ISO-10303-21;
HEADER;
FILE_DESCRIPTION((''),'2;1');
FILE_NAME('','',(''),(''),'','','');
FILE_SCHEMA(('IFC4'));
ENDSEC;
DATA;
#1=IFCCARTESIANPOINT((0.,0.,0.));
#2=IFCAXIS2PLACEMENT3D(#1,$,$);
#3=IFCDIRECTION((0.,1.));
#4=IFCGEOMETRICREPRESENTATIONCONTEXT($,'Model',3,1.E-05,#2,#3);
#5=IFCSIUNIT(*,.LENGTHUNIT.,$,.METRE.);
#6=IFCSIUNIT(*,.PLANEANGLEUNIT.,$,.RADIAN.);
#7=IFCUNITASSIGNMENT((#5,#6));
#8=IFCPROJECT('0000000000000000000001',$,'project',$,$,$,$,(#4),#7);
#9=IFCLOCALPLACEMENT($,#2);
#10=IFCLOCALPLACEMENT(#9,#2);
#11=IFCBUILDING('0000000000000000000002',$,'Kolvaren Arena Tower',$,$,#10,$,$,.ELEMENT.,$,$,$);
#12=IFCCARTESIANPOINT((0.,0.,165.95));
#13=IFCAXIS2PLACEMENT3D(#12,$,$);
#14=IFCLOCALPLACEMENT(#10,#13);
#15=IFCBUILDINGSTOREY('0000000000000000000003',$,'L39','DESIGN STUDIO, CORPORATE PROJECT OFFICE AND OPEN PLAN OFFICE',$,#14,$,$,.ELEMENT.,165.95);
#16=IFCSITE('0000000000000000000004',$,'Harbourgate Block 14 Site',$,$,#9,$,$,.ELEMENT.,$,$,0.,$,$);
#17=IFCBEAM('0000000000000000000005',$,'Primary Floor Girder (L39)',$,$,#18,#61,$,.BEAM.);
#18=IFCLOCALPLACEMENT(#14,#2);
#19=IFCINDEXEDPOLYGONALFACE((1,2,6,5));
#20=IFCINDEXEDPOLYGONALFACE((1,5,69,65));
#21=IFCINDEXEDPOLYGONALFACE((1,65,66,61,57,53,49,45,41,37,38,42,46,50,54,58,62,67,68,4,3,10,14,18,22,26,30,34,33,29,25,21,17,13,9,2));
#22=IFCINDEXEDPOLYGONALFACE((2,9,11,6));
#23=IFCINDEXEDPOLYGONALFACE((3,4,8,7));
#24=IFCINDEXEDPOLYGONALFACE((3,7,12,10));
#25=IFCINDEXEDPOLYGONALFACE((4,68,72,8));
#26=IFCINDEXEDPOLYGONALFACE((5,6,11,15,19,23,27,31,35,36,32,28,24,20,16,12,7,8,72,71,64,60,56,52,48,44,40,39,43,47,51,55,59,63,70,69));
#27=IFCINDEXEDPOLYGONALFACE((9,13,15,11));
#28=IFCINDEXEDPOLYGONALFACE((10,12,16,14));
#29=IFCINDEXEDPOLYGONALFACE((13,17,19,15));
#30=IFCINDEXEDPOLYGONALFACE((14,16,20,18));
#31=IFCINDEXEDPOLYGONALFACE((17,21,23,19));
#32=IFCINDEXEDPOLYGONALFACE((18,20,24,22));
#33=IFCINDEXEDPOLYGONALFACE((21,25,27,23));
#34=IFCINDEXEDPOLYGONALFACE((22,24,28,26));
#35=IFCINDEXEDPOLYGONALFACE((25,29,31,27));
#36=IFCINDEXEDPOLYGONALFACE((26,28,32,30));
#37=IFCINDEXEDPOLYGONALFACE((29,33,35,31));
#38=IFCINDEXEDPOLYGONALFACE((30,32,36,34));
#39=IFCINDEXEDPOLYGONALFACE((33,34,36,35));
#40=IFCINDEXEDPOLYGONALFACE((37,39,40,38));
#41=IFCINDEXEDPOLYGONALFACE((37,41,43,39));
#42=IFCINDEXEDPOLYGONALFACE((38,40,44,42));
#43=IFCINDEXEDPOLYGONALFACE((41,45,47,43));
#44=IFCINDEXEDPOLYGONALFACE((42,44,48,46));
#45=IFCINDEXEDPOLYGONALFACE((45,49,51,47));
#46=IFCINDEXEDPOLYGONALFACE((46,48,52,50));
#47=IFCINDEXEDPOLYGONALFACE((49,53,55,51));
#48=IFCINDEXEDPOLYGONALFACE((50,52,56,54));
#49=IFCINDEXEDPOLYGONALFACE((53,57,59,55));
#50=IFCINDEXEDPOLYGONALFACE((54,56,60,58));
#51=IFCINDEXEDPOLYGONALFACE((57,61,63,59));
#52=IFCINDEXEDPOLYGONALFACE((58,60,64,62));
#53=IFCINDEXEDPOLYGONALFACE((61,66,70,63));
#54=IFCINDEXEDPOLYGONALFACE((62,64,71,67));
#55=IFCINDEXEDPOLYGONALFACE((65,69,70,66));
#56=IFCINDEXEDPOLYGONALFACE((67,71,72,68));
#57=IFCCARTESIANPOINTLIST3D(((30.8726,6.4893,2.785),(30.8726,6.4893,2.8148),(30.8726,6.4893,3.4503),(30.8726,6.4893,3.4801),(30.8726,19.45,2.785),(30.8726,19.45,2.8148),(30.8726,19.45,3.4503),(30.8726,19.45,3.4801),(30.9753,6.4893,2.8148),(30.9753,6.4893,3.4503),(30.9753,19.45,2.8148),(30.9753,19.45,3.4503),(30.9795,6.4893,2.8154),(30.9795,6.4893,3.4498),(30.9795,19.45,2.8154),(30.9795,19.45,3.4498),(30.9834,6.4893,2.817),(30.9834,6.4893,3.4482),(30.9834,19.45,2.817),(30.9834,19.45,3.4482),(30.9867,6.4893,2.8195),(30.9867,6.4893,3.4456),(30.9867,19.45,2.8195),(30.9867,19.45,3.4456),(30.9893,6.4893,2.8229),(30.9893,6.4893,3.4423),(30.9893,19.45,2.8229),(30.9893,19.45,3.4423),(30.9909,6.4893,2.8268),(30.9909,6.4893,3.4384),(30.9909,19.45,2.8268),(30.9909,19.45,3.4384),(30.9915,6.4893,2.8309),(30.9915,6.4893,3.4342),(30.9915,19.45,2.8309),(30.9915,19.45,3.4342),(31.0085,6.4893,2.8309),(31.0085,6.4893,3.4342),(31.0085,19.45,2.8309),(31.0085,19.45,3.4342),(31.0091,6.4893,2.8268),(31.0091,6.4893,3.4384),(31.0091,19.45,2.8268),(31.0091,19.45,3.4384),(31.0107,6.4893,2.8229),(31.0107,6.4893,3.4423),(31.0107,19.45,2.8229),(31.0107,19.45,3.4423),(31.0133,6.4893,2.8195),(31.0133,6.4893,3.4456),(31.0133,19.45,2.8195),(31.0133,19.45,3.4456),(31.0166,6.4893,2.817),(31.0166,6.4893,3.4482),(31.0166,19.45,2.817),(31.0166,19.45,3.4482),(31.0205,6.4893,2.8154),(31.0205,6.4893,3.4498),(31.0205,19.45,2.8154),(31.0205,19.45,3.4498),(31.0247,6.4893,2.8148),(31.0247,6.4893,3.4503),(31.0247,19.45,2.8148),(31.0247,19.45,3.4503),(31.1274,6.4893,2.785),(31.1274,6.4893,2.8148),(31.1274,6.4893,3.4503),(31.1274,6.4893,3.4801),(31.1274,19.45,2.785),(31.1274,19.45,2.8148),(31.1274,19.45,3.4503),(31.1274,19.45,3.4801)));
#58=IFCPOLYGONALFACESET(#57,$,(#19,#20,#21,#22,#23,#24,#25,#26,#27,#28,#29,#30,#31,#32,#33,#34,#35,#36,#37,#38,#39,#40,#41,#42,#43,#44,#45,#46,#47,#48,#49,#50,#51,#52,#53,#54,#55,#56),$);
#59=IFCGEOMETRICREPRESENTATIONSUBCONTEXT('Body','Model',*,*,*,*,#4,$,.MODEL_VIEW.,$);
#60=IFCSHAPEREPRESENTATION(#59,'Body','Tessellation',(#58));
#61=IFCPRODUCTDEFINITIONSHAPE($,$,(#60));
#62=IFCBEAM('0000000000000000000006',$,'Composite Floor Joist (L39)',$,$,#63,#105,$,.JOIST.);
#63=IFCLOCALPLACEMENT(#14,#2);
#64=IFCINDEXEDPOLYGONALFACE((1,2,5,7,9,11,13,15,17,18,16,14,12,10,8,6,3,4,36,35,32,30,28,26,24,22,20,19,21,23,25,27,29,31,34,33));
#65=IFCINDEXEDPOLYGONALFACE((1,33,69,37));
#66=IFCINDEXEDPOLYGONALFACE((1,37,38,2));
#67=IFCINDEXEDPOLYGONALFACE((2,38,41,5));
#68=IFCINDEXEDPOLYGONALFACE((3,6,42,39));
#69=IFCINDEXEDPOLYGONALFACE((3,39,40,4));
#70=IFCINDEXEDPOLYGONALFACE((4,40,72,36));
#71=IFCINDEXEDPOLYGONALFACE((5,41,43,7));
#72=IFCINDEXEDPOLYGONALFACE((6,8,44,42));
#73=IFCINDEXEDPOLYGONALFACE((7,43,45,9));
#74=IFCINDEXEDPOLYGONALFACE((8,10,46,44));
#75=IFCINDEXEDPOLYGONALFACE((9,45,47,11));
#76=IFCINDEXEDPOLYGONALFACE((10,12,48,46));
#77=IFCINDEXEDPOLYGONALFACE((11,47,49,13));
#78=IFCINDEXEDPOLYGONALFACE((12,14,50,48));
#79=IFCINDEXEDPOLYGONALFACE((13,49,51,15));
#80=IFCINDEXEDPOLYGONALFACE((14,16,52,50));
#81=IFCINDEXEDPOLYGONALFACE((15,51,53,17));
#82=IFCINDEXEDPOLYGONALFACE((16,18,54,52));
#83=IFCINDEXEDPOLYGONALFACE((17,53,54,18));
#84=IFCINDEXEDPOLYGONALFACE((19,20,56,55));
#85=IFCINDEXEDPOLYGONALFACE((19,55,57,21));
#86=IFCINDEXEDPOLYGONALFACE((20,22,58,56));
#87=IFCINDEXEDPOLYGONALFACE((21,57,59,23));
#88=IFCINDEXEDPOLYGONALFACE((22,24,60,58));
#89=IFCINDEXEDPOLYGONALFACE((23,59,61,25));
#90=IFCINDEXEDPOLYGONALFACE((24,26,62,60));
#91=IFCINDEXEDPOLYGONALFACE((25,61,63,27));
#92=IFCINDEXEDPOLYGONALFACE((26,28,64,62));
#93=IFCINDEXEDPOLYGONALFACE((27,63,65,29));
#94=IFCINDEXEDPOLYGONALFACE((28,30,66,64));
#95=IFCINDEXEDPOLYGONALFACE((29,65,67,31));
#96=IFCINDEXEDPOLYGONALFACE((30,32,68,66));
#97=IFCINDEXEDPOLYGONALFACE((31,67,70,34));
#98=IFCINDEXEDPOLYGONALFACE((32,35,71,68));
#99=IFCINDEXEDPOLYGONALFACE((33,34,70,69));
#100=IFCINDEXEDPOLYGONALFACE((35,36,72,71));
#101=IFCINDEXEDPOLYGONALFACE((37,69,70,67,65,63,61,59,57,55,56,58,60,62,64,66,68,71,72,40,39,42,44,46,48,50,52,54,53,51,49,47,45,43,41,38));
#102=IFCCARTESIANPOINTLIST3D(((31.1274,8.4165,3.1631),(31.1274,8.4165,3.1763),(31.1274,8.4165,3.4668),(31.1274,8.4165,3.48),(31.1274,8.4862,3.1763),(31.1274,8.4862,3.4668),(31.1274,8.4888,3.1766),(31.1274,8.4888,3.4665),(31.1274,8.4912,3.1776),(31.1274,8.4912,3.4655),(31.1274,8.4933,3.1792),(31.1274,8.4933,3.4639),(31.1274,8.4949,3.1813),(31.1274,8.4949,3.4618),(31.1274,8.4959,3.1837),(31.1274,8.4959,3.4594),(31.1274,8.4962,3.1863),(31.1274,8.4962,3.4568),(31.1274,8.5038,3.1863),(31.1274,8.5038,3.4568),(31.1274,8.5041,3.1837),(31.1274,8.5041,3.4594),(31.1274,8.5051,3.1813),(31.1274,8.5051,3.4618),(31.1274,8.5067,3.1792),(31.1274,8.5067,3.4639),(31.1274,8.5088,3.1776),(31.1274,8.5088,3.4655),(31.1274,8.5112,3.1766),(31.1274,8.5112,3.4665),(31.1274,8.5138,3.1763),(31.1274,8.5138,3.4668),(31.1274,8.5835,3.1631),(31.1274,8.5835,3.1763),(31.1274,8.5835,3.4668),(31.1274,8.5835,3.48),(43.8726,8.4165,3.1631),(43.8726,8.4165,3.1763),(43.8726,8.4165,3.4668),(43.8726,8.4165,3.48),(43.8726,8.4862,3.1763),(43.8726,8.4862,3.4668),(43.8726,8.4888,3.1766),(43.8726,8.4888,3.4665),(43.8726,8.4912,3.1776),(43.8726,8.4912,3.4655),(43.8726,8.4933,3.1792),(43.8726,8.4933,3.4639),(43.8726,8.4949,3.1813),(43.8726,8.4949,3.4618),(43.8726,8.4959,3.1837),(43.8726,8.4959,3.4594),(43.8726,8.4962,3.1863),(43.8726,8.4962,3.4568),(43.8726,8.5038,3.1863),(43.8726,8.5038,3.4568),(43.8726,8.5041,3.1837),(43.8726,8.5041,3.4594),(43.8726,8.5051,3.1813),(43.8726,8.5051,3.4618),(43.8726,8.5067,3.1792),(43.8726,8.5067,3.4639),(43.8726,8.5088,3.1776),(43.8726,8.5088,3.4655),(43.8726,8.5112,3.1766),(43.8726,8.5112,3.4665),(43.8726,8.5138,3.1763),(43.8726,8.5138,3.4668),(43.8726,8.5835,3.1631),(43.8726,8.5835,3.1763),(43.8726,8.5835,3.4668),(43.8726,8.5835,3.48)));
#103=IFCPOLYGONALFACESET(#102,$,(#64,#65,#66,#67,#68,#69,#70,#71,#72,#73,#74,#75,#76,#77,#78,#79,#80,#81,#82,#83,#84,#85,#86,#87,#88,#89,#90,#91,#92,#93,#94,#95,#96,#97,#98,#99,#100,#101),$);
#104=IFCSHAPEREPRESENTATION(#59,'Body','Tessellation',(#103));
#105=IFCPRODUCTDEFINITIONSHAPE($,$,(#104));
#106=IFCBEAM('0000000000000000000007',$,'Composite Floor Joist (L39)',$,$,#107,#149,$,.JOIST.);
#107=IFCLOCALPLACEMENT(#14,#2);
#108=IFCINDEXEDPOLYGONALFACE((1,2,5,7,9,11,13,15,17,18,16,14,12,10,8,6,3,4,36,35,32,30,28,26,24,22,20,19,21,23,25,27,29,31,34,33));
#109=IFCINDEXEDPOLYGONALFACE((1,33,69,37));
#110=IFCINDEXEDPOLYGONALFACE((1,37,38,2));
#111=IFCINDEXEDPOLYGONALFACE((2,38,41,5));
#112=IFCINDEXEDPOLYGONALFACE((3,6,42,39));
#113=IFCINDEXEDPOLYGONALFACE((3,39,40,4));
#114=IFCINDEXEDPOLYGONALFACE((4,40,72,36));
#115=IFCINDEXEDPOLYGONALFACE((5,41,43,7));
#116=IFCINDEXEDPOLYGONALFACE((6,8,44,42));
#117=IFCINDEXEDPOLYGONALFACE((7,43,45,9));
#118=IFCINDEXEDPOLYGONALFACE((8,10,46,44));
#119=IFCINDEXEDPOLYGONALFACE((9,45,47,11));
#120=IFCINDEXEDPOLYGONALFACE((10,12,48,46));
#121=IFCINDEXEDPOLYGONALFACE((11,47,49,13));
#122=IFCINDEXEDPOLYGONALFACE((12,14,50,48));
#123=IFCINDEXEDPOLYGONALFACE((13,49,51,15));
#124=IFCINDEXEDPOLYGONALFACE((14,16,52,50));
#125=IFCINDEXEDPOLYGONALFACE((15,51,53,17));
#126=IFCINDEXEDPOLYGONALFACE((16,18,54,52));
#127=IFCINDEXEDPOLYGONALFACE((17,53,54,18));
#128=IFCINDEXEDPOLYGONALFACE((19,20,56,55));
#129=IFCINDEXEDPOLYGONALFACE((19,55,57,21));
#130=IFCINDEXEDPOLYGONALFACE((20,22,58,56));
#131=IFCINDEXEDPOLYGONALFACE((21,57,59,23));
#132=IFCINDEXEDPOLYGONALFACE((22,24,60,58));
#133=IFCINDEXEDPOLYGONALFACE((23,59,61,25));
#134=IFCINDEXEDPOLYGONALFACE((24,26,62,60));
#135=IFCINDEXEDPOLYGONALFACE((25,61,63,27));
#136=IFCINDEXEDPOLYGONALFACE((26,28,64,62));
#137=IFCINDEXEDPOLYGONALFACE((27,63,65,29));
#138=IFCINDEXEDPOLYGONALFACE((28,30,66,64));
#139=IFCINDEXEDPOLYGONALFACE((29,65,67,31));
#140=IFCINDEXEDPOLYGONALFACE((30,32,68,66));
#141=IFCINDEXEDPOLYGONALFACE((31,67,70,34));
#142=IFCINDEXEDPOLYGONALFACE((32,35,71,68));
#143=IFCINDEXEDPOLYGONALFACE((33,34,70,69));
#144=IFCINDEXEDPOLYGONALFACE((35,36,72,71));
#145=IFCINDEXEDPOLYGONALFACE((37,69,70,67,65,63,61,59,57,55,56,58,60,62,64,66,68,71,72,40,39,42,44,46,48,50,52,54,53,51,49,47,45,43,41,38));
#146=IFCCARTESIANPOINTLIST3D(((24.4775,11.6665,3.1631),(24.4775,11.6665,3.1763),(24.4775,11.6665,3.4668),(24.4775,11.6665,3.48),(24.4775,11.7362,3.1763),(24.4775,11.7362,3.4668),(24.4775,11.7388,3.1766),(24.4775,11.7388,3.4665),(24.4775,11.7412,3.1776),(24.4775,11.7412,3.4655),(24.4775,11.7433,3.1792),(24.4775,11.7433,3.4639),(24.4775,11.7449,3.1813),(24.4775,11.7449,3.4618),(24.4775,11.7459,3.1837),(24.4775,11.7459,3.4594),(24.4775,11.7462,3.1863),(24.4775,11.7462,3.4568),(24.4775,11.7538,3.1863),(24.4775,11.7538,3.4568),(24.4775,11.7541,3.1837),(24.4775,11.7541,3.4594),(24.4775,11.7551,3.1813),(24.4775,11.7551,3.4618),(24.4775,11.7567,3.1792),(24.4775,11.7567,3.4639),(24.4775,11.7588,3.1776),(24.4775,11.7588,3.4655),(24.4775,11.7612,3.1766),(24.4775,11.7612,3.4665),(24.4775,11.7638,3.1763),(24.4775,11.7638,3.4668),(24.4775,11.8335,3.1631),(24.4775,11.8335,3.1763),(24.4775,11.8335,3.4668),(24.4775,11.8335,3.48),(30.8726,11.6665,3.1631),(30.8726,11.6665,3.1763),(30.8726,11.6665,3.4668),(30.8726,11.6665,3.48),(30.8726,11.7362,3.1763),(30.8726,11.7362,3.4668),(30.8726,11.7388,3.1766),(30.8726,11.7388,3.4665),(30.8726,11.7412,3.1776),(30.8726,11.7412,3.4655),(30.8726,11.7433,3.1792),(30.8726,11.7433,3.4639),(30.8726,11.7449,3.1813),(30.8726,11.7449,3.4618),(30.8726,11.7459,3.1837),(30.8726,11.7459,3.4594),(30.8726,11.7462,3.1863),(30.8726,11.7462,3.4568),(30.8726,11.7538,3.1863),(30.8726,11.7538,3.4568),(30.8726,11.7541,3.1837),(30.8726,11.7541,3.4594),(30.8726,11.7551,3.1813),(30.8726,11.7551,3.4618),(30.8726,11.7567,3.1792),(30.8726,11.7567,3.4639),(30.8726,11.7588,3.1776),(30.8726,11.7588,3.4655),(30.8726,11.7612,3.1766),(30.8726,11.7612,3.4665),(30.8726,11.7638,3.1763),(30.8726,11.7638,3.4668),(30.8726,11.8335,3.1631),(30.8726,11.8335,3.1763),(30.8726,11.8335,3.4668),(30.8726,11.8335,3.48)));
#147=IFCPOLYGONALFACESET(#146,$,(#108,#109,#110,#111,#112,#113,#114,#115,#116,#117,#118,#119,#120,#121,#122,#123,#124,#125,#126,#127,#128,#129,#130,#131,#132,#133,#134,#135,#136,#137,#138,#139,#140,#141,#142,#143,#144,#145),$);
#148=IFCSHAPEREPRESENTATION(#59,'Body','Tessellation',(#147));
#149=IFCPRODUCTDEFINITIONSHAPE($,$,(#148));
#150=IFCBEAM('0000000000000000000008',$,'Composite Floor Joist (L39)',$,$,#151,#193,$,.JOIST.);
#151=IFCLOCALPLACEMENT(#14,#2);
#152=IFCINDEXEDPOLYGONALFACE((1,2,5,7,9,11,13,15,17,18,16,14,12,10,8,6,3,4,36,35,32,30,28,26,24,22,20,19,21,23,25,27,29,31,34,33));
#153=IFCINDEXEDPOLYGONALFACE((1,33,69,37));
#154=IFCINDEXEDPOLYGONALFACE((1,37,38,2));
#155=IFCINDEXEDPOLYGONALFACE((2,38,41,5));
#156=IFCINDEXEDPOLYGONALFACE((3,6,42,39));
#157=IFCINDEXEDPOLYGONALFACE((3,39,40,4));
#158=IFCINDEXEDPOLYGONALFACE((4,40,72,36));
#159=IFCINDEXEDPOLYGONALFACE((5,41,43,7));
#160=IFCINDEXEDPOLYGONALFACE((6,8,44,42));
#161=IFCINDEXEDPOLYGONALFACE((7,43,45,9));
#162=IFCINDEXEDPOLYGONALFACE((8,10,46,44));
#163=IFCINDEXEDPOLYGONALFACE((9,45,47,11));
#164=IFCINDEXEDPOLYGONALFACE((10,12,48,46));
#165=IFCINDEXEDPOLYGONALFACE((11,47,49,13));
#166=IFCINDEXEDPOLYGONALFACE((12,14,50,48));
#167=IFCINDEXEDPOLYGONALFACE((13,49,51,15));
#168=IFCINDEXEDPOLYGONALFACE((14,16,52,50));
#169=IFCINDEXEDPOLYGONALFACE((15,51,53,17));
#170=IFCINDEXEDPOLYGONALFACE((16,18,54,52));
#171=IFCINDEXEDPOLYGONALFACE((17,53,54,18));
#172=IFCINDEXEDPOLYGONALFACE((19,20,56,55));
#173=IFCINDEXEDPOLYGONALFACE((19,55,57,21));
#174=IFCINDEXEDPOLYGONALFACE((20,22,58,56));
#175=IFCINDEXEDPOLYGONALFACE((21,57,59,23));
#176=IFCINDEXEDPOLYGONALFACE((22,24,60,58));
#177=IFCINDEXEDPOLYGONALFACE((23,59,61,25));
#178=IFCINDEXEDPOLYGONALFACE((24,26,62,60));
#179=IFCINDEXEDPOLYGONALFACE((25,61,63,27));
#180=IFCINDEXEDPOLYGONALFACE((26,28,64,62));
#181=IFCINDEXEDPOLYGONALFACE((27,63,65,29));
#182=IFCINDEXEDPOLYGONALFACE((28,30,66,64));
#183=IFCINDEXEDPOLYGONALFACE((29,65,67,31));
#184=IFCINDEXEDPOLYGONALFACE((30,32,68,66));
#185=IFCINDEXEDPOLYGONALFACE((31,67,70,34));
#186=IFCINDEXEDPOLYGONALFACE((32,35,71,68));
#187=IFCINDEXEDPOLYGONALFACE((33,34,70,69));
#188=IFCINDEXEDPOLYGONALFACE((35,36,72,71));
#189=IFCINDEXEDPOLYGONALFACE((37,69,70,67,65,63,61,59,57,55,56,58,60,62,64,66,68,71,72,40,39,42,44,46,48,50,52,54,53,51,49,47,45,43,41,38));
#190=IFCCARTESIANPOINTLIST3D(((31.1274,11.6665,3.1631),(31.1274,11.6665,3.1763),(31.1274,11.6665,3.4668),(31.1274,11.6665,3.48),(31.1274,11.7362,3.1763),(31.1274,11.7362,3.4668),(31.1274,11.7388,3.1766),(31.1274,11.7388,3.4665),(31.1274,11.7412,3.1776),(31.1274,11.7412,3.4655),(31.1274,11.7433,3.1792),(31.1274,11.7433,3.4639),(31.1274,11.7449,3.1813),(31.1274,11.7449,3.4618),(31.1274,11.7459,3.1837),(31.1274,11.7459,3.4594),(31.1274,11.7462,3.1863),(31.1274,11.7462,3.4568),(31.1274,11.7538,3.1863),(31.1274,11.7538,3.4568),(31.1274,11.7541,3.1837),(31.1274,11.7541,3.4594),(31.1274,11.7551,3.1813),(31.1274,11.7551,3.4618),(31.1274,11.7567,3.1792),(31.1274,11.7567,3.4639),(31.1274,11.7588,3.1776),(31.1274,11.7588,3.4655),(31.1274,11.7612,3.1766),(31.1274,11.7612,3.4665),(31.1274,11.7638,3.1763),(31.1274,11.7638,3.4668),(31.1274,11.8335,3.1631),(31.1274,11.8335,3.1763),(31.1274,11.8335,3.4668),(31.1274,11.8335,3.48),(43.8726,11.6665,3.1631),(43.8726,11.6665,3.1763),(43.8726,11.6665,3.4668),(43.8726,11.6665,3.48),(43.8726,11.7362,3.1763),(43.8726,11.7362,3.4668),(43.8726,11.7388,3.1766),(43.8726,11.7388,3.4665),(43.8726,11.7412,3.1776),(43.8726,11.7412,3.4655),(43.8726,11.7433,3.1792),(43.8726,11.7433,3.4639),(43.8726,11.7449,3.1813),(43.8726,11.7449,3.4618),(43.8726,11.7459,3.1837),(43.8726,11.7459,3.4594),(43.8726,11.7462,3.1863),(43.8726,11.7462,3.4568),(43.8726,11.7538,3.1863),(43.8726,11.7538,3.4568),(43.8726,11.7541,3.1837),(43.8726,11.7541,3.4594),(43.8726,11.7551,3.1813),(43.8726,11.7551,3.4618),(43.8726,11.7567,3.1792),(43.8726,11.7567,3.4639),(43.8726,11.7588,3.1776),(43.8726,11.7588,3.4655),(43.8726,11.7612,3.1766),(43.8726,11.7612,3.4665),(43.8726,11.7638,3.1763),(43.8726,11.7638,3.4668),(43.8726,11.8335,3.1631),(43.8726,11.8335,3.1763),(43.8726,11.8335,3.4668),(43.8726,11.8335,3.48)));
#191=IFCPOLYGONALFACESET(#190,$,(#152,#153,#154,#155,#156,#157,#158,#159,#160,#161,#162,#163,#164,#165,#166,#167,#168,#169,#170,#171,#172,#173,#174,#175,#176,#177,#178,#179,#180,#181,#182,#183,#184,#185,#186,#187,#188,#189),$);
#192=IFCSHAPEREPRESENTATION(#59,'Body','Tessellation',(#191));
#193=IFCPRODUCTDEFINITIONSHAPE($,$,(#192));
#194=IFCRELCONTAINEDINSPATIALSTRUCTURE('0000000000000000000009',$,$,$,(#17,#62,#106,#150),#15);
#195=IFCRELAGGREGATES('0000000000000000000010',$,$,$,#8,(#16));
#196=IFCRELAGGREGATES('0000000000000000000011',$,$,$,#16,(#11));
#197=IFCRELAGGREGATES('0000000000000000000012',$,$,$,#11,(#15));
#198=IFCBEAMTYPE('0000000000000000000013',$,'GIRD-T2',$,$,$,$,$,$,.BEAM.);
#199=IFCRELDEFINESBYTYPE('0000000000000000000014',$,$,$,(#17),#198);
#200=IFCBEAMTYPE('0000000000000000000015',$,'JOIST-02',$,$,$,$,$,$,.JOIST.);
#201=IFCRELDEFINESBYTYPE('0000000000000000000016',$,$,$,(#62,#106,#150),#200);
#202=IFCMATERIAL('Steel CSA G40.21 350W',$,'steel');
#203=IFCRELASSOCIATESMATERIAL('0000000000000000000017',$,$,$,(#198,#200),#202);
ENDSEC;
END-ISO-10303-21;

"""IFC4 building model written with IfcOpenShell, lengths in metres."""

from ifc_helpers import new_model, si_unit, direction, frame, origin, origin_2d, place, context, subcontext, project, spatial, i_section, extrude, material, material_profile, profile_set, type_object, element, save


model = new_model("IFC4")

# Units and contexts
model_context = context("Model", 3, precision=1e-05, world=origin(), true_north=direction((0.0, 1.0)))
body_context = subcontext(model_context, "Body", "Model", "MODEL_VIEW")
ifc_project = project(units=[si_unit("LENGTHUNIT", "METRE"), si_unit("PLANEANGLEUNIT", "RADIAN")], contexts=[model_context])

# Site, building, storey
site_placement = place(None, origin())
site = spatial("IfcSite", under=ifc_project, at=site_placement, Name="Harbourgate Block 14 Site", CompositionType="ELEMENT", RefElevation=0.0)
building_placement = place(site_placement, origin())
building = spatial("IfcBuilding", under=site, at=building_placement, Name="Kolvaren Arena Tower", CompositionType="ELEMENT")
storey_placement = place(building_placement, frame((0.0, 0.0, 165.95)))
storey = spatial("IfcBuildingStorey", under=building, at=storey_placement, Name="L39", Description="DESIGN STUDIO, CORPORATE PROJECT OFFICE AND OPEN PLAN OFFICE", CompositionType="ELEMENT", Elevation=165.95)

# Beams
ifc_material_1 = material(Name="Steel CSA G40.21 350W", Category="steel")
ifc_material_profile_1 = material_profile(ifc_material_1, i_section(OverallWidth=0.2549, OverallDepth=0.6951, WebThickness=0.0171, FlangeThickness=0.0298, FilletRadius=0.0161, at=origin_2d()), Name="W690x217")
ifc_profile_set_1 = profile_set([ifc_material_profile_1], Name="Steel CSA G40.21 350W")
beam_type_1 = type_object("IfcBeamType", Name="GIRD-T2", PredefinedType="BEAM", material=ifc_profile_set_1)
beam_1_placement = place(storey_placement, frame((31.0, 6.4893, 3.1326), z_axis=(0.0, 1.0, 0.0), x_axis=(-1.0, 0.0, 0.0)))
element("IfcBeam", 1, at=beam_1_placement, inside=storey, type_object=beam_type_1, Name="Primary Floor Girder (L39)", PredefinedType="BEAM", context=body_context, shape_type="SweptSolid", body=[
    extrude(i_section(OverallWidth=0.2549, OverallDepth=0.6951, WebThickness=0.0171, FlangeThickness=0.0298, FilletRadius=0.0161, at=origin_2d()), origin(), (0.0, 0.0, 1.0), 12.9607),
])
ifc_material_profile_2 = material_profile(ifc_material_1, i_section(OverallWidth=0.167, OverallDepth=0.3169, WebThickness=0.0076, FlangeThickness=0.0132, FilletRadius=0.01, at=origin_2d()), Name="W310x52")
ifc_profile_set_2 = profile_set([ifc_material_profile_2], Name="Steel CSA G40.21 350W")
beam_type_2 = type_object("IfcBeamType", Name="JOIST-02", PredefinedType="JOIST", material=ifc_profile_set_2)
beam_2_placement = place(storey_placement, frame((31.1274, 8.5, 3.3215), z_axis=(1.0, 0.0, 0.0), x_axis=(0.0, 1.0, 0.0)))
element("IfcBeam", 2, at=beam_2_placement, inside=storey, type_object=beam_type_2, Name="Composite Floor Joist (L39)", PredefinedType="JOIST", context=body_context, shape_type="SweptSolid", body=[
    extrude(i_section(OverallWidth=0.167, OverallDepth=0.3169, WebThickness=0.0076, FlangeThickness=0.0132, FilletRadius=0.01, at=origin_2d()), origin(), (0.0, 0.0, 1.0), 12.7451),
])
beam_3_placement = place(storey_placement, frame((24.4775, 11.75, 3.3215), z_axis=(1.0, 0.0, 0.0), x_axis=(0.0, 1.0, 0.0)))
element("IfcBeam", 3, at=beam_3_placement, inside=storey, type_object=beam_type_2, Name="Composite Floor Joist (L39)", PredefinedType="JOIST", context=body_context, shape_type="SweptSolid", body=[
    extrude(i_section(OverallWidth=0.167, OverallDepth=0.3169, WebThickness=0.0076, FlangeThickness=0.0132, FilletRadius=0.01, at=origin_2d()), origin(), (0.0, 0.0, 1.0), 6.395),
])
beam_4_placement = place(storey_placement, frame((31.1274, 11.75, 3.3215), z_axis=(1.0, 0.0, 0.0), x_axis=(0.0, 1.0, 0.0)))
element("IfcBeam", 4, at=beam_4_placement, inside=storey, type_object=beam_type_2, Name="Composite Floor Joist (L39)", PredefinedType="JOIST", context=body_context, shape_type="SweptSolid", body=[
    extrude(i_section(OverallWidth=0.167, OverallDepth=0.3169, WebThickness=0.0076, FlangeThickness=0.0132, FilletRadius=0.01, at=origin_2d()), origin(), (0.0, 0.0, 1.0), 12.7451),
])

save(model, "model.ifc")
